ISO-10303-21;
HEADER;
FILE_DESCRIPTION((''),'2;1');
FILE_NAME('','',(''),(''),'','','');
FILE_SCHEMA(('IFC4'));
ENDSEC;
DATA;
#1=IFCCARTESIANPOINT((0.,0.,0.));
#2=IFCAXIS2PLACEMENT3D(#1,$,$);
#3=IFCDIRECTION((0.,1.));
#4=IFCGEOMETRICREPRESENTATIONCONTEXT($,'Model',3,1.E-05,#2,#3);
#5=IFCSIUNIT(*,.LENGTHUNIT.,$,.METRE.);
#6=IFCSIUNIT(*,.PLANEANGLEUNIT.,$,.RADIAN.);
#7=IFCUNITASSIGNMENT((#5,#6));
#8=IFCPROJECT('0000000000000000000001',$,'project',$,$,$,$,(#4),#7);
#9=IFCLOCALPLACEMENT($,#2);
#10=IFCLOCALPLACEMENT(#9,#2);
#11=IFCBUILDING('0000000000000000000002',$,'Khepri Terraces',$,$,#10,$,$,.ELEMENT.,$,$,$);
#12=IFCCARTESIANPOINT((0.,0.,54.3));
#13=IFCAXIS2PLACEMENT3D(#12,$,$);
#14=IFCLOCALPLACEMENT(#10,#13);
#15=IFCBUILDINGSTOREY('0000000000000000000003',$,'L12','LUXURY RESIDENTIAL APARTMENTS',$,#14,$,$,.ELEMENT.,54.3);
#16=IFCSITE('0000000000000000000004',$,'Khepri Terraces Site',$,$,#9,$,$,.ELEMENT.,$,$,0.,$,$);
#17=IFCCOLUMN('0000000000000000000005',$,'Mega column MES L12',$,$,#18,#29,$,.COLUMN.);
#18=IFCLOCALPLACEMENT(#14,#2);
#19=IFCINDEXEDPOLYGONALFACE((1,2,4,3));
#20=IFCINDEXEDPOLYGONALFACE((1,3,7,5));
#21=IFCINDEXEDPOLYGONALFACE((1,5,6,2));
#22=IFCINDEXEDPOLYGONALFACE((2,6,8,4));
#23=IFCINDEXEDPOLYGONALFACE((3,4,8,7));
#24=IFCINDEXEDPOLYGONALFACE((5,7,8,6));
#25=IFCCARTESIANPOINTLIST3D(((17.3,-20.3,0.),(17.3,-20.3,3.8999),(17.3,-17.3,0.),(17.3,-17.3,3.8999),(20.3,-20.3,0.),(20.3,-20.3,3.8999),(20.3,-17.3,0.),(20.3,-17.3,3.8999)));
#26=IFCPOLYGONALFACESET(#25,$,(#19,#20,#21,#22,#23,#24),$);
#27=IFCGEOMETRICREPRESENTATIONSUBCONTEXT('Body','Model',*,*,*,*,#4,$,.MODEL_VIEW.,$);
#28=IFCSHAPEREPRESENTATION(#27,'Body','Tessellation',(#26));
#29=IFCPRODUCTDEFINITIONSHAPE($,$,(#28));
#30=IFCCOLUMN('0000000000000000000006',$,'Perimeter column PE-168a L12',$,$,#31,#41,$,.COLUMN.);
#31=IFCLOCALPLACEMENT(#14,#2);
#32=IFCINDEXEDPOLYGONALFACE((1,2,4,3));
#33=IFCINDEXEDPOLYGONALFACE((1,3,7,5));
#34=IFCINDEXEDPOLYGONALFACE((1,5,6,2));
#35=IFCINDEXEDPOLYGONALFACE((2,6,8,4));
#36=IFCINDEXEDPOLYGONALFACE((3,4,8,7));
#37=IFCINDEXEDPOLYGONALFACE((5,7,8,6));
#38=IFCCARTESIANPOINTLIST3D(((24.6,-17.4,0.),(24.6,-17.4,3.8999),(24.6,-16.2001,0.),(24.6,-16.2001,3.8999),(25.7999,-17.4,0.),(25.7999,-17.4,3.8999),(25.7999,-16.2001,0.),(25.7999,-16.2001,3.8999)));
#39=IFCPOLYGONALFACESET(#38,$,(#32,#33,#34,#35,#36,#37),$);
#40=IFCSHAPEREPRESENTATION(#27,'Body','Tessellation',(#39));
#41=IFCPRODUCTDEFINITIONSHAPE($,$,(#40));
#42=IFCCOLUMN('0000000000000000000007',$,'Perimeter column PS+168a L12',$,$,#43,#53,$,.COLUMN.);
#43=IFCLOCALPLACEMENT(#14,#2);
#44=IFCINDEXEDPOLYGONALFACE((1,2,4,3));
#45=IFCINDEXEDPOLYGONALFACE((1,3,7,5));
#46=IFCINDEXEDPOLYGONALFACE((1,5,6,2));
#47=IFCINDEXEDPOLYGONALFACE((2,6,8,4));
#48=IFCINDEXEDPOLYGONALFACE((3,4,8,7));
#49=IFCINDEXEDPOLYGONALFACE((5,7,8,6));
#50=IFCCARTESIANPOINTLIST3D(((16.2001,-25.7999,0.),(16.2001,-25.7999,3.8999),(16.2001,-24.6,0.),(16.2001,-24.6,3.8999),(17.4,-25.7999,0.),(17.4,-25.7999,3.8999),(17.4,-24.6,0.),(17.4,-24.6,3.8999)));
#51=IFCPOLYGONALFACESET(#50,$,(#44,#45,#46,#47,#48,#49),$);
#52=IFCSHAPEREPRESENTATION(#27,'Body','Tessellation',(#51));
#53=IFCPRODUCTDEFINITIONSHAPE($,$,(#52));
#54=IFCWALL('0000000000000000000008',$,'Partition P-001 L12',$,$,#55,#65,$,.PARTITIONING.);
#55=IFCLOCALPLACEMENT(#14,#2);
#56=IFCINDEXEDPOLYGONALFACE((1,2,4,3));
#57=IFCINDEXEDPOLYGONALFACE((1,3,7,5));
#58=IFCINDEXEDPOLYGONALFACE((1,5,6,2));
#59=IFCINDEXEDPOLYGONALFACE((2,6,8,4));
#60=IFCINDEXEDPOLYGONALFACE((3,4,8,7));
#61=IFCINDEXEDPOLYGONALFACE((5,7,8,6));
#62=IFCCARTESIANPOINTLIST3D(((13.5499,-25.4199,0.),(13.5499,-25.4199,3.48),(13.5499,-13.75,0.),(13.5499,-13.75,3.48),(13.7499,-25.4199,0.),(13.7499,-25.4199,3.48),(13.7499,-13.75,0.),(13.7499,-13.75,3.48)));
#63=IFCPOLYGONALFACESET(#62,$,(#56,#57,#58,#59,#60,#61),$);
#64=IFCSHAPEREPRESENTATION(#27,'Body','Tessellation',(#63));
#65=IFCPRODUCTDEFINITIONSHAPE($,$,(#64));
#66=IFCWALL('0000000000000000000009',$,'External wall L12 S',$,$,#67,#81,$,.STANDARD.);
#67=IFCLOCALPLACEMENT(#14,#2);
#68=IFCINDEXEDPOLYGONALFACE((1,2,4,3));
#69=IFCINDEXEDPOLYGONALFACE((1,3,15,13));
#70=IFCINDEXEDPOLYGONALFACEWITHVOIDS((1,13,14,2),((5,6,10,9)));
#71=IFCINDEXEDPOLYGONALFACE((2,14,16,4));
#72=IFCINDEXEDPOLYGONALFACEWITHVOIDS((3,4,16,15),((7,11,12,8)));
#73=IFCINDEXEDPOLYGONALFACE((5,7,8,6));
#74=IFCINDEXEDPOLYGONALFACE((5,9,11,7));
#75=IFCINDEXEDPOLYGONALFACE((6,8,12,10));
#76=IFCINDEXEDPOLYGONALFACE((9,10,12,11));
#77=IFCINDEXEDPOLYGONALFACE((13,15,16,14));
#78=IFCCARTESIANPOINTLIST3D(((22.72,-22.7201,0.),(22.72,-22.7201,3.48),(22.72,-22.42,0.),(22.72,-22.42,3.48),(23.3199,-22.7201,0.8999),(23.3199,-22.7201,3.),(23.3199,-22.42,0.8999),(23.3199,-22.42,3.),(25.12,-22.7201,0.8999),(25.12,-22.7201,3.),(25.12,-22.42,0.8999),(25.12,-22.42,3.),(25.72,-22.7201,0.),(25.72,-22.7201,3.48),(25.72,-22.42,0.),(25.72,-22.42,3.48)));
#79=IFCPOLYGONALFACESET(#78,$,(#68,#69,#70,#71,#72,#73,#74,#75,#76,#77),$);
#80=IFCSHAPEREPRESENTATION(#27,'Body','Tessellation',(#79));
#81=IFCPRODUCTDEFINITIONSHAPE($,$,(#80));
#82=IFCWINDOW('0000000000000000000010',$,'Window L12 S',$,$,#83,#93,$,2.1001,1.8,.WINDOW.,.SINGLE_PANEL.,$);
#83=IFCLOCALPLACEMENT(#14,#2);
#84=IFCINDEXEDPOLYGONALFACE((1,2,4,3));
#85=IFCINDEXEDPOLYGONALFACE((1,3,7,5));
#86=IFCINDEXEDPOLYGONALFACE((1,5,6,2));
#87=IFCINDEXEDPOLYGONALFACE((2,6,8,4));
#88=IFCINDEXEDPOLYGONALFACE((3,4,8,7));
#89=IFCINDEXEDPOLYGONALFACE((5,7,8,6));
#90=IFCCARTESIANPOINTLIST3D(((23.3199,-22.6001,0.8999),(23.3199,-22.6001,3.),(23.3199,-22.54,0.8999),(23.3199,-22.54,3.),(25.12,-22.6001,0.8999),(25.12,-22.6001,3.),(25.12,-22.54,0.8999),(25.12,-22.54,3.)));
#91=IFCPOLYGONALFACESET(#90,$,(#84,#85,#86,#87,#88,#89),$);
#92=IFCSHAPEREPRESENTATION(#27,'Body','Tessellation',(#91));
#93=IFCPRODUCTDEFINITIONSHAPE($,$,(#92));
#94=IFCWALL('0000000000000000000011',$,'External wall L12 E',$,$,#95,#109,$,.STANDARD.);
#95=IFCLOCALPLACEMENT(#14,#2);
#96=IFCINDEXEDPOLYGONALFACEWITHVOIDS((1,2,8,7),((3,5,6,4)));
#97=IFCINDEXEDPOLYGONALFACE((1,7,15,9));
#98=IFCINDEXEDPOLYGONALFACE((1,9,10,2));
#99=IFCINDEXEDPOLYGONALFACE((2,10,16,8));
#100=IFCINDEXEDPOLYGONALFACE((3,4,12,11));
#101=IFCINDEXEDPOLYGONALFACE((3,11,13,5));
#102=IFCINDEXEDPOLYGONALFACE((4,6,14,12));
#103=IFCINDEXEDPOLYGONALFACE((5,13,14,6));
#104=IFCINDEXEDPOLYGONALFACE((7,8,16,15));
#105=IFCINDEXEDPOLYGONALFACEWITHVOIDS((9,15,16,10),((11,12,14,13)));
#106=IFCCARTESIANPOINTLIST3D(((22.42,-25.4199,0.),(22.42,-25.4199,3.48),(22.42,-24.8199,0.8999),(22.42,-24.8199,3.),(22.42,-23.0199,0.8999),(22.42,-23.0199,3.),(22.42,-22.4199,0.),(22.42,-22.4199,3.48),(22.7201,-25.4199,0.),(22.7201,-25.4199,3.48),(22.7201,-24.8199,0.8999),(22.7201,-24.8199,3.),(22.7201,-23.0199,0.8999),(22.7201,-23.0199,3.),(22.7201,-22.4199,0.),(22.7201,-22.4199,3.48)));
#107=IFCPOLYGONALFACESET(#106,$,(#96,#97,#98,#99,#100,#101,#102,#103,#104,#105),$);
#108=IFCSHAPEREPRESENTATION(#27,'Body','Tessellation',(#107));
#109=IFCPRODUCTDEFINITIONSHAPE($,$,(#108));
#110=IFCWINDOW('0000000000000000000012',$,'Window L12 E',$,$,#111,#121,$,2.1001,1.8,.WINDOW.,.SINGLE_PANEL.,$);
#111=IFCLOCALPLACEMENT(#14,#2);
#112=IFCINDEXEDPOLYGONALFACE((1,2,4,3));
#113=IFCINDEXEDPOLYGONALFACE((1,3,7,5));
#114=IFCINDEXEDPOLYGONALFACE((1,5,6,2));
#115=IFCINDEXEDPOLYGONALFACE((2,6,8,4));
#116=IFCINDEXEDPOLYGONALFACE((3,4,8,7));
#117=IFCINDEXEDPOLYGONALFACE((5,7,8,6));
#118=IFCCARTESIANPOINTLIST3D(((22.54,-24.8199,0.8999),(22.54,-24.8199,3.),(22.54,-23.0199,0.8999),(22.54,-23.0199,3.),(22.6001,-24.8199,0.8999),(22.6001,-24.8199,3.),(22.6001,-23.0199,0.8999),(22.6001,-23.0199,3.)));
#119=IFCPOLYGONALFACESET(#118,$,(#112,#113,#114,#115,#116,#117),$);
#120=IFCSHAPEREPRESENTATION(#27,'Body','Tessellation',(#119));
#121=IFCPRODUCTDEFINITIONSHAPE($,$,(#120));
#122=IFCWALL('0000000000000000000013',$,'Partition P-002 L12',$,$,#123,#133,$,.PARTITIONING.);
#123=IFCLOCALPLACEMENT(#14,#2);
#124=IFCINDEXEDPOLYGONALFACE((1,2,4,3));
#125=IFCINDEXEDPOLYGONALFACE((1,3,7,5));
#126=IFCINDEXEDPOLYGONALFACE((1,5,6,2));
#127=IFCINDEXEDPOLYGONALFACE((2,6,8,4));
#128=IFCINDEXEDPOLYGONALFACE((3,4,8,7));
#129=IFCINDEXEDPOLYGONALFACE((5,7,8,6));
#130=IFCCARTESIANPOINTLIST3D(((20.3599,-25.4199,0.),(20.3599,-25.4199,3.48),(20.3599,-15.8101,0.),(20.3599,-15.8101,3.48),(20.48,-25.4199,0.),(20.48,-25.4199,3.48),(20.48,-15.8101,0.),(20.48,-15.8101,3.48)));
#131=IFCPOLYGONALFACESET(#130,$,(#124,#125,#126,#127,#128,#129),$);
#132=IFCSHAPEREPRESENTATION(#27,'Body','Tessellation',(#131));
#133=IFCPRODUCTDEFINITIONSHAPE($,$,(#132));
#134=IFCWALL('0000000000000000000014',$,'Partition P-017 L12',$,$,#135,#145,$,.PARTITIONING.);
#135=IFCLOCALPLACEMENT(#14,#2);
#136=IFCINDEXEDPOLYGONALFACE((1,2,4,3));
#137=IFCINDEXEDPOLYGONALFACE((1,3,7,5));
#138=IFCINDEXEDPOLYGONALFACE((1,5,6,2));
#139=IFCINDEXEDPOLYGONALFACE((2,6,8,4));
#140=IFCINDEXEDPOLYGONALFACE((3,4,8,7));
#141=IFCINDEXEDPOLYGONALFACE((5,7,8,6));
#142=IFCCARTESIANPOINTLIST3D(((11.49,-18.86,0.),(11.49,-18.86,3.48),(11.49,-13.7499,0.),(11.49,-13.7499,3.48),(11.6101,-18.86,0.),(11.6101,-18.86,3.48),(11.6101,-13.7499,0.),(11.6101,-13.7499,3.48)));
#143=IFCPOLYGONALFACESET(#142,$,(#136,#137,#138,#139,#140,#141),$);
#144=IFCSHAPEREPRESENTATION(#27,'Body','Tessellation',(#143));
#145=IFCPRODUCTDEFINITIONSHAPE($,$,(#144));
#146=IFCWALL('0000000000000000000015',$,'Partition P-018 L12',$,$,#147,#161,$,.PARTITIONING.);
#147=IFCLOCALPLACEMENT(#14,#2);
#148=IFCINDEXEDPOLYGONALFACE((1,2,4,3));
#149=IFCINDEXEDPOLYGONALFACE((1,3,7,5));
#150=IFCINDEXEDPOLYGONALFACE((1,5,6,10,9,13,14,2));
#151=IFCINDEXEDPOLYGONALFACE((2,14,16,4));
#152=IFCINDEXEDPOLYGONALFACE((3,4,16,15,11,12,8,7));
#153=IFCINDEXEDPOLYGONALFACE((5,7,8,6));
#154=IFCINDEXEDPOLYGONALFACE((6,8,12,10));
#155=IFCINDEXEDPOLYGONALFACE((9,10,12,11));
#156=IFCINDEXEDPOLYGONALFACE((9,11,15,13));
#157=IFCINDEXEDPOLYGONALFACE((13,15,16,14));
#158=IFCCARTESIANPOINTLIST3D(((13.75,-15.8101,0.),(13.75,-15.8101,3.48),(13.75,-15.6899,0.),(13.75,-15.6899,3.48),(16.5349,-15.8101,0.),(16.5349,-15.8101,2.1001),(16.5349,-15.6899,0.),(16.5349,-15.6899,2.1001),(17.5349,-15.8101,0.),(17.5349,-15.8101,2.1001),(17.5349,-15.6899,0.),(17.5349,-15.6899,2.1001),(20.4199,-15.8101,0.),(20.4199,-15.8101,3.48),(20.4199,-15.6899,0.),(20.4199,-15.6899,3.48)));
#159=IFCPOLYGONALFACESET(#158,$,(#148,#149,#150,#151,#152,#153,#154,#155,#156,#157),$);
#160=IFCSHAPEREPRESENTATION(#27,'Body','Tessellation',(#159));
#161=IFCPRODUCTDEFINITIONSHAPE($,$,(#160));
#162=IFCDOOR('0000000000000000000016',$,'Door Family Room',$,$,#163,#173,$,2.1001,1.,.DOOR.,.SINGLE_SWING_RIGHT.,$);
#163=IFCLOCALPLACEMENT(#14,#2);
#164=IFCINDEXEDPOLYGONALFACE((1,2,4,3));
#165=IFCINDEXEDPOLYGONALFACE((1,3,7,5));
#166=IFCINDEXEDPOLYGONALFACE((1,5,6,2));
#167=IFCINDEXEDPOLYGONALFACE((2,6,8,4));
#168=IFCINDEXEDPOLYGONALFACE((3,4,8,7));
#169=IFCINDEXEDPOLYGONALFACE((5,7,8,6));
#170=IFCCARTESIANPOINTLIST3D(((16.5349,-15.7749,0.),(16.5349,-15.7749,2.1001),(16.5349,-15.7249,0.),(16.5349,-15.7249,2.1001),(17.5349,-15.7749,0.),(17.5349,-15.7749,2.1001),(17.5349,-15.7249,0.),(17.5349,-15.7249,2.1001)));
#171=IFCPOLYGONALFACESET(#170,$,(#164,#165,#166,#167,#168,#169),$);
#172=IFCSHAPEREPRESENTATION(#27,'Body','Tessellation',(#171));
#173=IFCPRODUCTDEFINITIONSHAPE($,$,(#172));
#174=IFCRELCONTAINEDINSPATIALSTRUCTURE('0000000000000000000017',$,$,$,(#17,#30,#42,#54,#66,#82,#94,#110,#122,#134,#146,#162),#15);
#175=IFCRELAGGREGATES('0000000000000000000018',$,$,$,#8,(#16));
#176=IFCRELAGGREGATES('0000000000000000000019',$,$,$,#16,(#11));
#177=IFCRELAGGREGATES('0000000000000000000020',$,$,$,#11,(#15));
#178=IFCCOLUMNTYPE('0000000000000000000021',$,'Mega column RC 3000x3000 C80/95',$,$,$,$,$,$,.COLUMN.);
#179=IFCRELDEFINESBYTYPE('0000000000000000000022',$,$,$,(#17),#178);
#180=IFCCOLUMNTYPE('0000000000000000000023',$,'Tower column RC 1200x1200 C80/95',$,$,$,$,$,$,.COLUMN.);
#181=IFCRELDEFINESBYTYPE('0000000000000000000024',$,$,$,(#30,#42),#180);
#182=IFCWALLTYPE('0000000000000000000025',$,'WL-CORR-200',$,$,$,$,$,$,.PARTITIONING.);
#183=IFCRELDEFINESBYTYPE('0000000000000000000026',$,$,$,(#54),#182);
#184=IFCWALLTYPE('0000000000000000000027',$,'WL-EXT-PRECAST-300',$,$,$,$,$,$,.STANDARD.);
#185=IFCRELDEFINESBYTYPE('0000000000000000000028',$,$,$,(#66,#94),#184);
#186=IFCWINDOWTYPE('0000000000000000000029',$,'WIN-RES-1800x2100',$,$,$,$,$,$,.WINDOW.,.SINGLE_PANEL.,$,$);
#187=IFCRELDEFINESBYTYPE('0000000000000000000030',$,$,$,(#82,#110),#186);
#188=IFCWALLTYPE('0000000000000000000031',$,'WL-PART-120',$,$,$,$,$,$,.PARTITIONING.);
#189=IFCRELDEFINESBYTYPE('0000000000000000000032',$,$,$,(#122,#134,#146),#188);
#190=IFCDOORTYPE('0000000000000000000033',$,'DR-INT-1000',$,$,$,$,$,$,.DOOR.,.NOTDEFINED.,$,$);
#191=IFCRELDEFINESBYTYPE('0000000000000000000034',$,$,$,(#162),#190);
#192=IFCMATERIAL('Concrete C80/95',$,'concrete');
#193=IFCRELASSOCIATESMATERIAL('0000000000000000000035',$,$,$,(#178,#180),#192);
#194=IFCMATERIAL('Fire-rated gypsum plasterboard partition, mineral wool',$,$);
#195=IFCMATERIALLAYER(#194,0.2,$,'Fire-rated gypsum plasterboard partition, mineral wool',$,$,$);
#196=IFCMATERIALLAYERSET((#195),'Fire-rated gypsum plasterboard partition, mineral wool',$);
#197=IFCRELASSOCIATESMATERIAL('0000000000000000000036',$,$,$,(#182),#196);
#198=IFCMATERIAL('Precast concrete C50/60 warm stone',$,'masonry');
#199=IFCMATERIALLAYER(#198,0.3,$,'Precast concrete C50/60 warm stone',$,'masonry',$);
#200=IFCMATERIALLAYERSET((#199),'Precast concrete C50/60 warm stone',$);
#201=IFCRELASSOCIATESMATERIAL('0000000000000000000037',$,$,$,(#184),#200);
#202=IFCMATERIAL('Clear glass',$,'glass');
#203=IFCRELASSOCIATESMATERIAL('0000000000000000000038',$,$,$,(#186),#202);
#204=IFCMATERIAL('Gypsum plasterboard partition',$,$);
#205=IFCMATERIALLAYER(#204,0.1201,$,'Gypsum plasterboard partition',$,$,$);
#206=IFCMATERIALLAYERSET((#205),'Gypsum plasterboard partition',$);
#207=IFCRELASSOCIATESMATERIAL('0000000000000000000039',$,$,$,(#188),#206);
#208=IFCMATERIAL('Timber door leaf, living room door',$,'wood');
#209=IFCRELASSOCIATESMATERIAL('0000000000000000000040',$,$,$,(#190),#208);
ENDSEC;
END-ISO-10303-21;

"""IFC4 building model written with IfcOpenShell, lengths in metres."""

from ifc_helpers import new_model, si_unit, direction, frame, frame_2d, origin, origin_2d, place, context, subcontext, project, spatial, rectangle, extrude, material, layer, layer_set, material_profile, profile_set, type_object, element, fill, save


model = new_model("IFC4")

# Units and contexts
model_context = context("Model", 3, precision=1e-05, world=origin(), true_north=direction((0.0, 1.0)))
body_context = subcontext(model_context, "Body", "Model", "MODEL_VIEW")
ifc_project = project(units=[si_unit("LENGTHUNIT", "METRE"), si_unit("PLANEANGLEUNIT", "RADIAN")], contexts=[model_context])

# Site, building, storey
site_placement = place(None, origin())
site = spatial("IfcSite", under=ifc_project, at=site_placement, Name="Khepri Terraces Site", CompositionType="ELEMENT", RefElevation=0.0)
building_placement = place(site_placement, origin())
building = spatial("IfcBuilding", under=site, at=building_placement, Name="Khepri Terraces", CompositionType="ELEMENT")
storey_placement = place(building_placement, frame((0.0, 0.0, 54.3)))
storey = spatial("IfcBuildingStorey", under=building, at=storey_placement, Name="L12", Description="LUXURY RESIDENTIAL APARTMENTS", CompositionType="ELEMENT", Elevation=54.3)

# Columns
ifc_material_1 = material(Name="Concrete C80/95", Category="concrete")
ifc_material_profile_1 = material_profile(ifc_material_1, rectangle(XDim=3.0, YDim=3.0, at=origin_2d()), Name="Concrete C80/95", Category="concrete")
ifc_profile_set_1 = profile_set([ifc_material_profile_1], Name="Concrete C80/95")
column_type_1 = type_object("IfcColumnType", Name="Mega column RC 3000x3000 C80/95", PredefinedType="COLUMN", material=ifc_profile_set_1)
column_placement = place(storey_placement, frame((18.8, -18.8, 0.0), z_axis=(0.0, 0.0, 1.0), x_axis=(1.0, 0.0, 0.0)))
element("IfcColumn", 1, at=column_placement, inside=storey, type_object=column_type_1, Name="Mega column MES L12", PredefinedType="COLUMN", context=body_context, shape_type="SweptSolid", body=[
    extrude(rectangle(XDim=3.0, YDim=3.0, at=origin_2d()), origin(), (0.0, 0.0, 1.0), 3.8999),
])
ifc_material_profile_2 = material_profile(ifc_material_1, rectangle(XDim=1.2, YDim=1.2, at=origin_2d()), Name="Concrete C80/95", Category="concrete")
ifc_profile_set_2 = profile_set([ifc_material_profile_2], Name="Concrete C80/95")
column_type_2 = type_object("IfcColumnType", Name="Tower column RC 1200x1200 C80/95", PredefinedType="COLUMN", material=ifc_profile_set_2)
for number, where, z_axis, x_axis, name in (
    (2, (25.2, -16.8, 0.0), (0.0, 0.0, 1.0), (1.0, 0.0, 0.0), "Perimeter column PE-168a L12"),
    (3, (16.8, -25.2, 0.0), (0.0, 0.0, 1.0), (1.0, 0.0, 0.0), "Perimeter column PS+168a L12"),
):
    element("IfcColumn", number, at=place(storey_placement, frame(where, z_axis=z_axis, x_axis=x_axis)), inside=storey, type_object=column_type_2, Name=name, PredefinedType="COLUMN", context=body_context, shape_type="SweptSolid", body=[
        extrude(rectangle(XDim=1.2, YDim=1.2, at=origin_2d()), origin(), (0.0, 0.0, 1.0), 3.8999),
    ])

# Wall
ifc_material_2 = material(Name="Fire-rated gypsum plasterboard partition, mineral wool")
ifc_layer_1 = layer(ifc_material_2, 0.2, Name="Fire-rated gypsum plasterboard partition, mineral wool")
ifc_layer_set_1 = layer_set([ifc_layer_1], Name="Fire-rated gypsum plasterboard partition, mineral wool")
wall_type_1 = type_object("IfcWallType", Name="WL-CORR-200", PredefinedType="PARTITIONING", material=ifc_layer_set_1)
wall_1_placement = place(storey_placement, frame((13.6499, -25.4199, 0.0), z_axis=(0.0, 0.0, 1.0), x_axis=(0.0, 1.0, 0.0)))
element("IfcWall", 4, at=wall_1_placement, inside=storey, type_object=wall_type_1, Name="Partition P-001 L12", PredefinedType="PARTITIONING", context=body_context, shape_type="SweptSolid", body=[
    extrude(rectangle(XDim=11.6699, YDim=0.2, at=frame_2d((5.835, 0.0))), origin(), (0.0, 0.0, 1.0), 3.48),
])

# Wall, opening, window
ifc_material_3 = material(Name="Precast concrete C50/60 warm stone", Category="masonry")
ifc_layer_2 = layer(ifc_material_3, 0.3, Name="Precast concrete C50/60 warm stone", Category="masonry")
ifc_layer_set_2 = layer_set([ifc_layer_2], Name="Precast concrete C50/60 warm stone")
wall_type_2 = type_object("IfcWallType", Name="WL-EXT-PRECAST-300", PredefinedType="STANDARD", material=ifc_layer_set_2)
wall_2_placement = place(storey_placement, frame((22.72, -22.5701, 0.0), z_axis=(0.0, 0.0, 1.0), x_axis=(1.0, 0.0, 0.0)))
wall_2 = element("IfcWall", 5, at=wall_2_placement, inside=storey, type_object=wall_type_2, Name="External wall L12 S", PredefinedType="STANDARD", context=body_context, shape_type="SweptSolid", body=[
    extrude(rectangle(XDim=3.0, YDim=0.3, at=frame_2d((1.5, 0.0))), origin(), (0.0, 0.0, 1.0), 3.48),
])
opening_1_placement = place(wall_2_placement, frame((0.6001, 0.0, 0.8999)))
opening_1 = element("IfcOpeningElement", 6, at=opening_1_placement, cuts=wall_2, PredefinedType="OPENING", context=body_context, shape_type="SweptSolid", body=[
    extrude(rectangle(XDim=1.8, YDim=2.1001, at=frame_2d((0.8999, 1.05))), frame((0.0, 0.1602, 0.0), z_axis=(0.0, -1.0, 0.0), x_axis=(1.0, 0.0, 0.0)), (0.0, 0.0, 1.0), 0.3201),
])
ifc_material_4 = material(Name="Clear glass", Category="glass")
window_type = type_object("IfcWindowType", Name="WIN-RES-1800x2100", PartitioningType="SINGLE_PANEL", PredefinedType="WINDOW", material=ifc_material_4)
window_1_placement = place(opening_1_placement, origin())
window_1 = element("IfcWindow", 7, at=window_1_placement, inside=storey, type_object=window_type, Name="Window L12 S", OverallHeight=2.1001, OverallWidth=1.8, PartitioningType="SINGLE_PANEL", PredefinedType="WINDOW", context=body_context, shape_type="SweptSolid", body=[
    extrude(rectangle(XDim=1.8, YDim=2.1001, at=frame_2d((0.8999, 1.05))), frame((0.0, 0.03, 0.0), z_axis=(0.0, -1.0, 0.0), x_axis=(1.0, 0.0, 0.0)), (0.0, 0.0, 1.0), 0.0601),
])
fill(opening_1, window_1)

# Wall, opening, window
wall_3_placement = place(storey_placement, frame((22.5701, -25.4199, 0.0), z_axis=(0.0, 0.0, 1.0), x_axis=(0.0, 1.0, 0.0)))
wall_3 = element("IfcWall", 8, at=wall_3_placement, inside=storey, type_object=wall_type_2, Name="External wall L12 E", PredefinedType="STANDARD", context=body_context, shape_type="SweptSolid", body=[
    extrude(rectangle(XDim=3.0, YDim=0.3, at=frame_2d((1.5, 0.0))), origin(), (0.0, 0.0, 1.0), 3.48),
])
opening_2_placement = place(wall_3_placement, frame((0.6001, 0.0, 0.8999)))
opening_2 = element("IfcOpeningElement", 9, at=opening_2_placement, cuts=wall_3, PredefinedType="OPENING", context=body_context, shape_type="SweptSolid", body=[
    extrude(rectangle(XDim=1.8, YDim=2.1001, at=frame_2d((0.8999, 1.05))), frame((0.0, 0.1602, 0.0), z_axis=(0.0, -1.0, 0.0), x_axis=(1.0, 0.0, 0.0)), (0.0, 0.0, 1.0), 0.3201),
])
window_2_placement = place(opening_2_placement, origin())
window_2 = element("IfcWindow", 10, at=window_2_placement, inside=storey, type_object=window_type, Name="Window L12 E", OverallHeight=2.1001, OverallWidth=1.8, PartitioningType="SINGLE_PANEL", PredefinedType="WINDOW", context=body_context, shape_type="SweptSolid", body=[
    extrude(rectangle(XDim=1.8, YDim=2.1001, at=frame_2d((0.8999, 1.05))), frame((0.0, 0.03, 0.0), z_axis=(0.0, -1.0, 0.0), x_axis=(1.0, 0.0, 0.0)), (0.0, 0.0, 1.0), 0.0601),
])
fill(opening_2, window_2)

# Walls
ifc_material_5 = material(Name="Gypsum plasterboard partition")
ifc_layer_3 = layer(ifc_material_5, 0.1201, Name="Gypsum plasterboard partition")
ifc_layer_set_3 = layer_set([ifc_layer_3], Name="Gypsum plasterboard partition")
wall_type_3 = type_object("IfcWallType", Name="WL-PART-120", PredefinedType="PARTITIONING", material=ifc_layer_set_3)
wall_4_placement = place(storey_placement, frame((20.4199, -25.4199, 0.0), z_axis=(0.0, 0.0, 1.0), x_axis=(0.0, 1.0, 0.0)))
element("IfcWall", 11, at=wall_4_placement, inside=storey, type_object=wall_type_3, Name="Partition P-002 L12", PredefinedType="PARTITIONING", context=body_context, shape_type="SweptSolid", body=[
    extrude(rectangle(XDim=9.6099, YDim=0.1201, at=frame_2d((4.8049, 0.0))), origin(), (0.0, 0.0, 1.0), 3.48),
])
wall_5_placement = place(storey_placement, frame((11.55, -18.8601, 0.0), z_axis=(0.0, 0.0, 1.0), x_axis=(0.0, 1.0, 0.0)))
element("IfcWall", 12, at=wall_5_placement, inside=storey, type_object=wall_type_3, Name="Partition P-017 L12", PredefinedType="PARTITIONING", context=body_context, shape_type="SweptSolid", body=[
    extrude(rectangle(XDim=5.1101, YDim=0.1201, at=frame_2d((2.5552, 0.0))), origin(), (0.0, 0.0, 1.0), 3.48),
])

# Wall, opening, door
wall_6_placement = place(storey_placement, frame((13.75, -15.75, 0.0), z_axis=(0.0, 0.0, 1.0), x_axis=(1.0, 0.0, 0.0)))
wall_6 = element("IfcWall", 13, at=wall_6_placement, inside=storey, type_object=wall_type_3, Name="Partition P-018 L12", PredefinedType="PARTITIONING", context=body_context, shape_type="SweptSolid", body=[
    extrude(rectangle(XDim=6.6699, YDim=0.1201, at=frame_2d((3.335, 0.0))), origin(), (0.0, 0.0, 1.0), 3.48),
])
opening_3_placement = place(wall_6_placement, frame((2.7849, 0.0, 0.0)))
opening_3 = element("IfcOpeningElement", 14, at=opening_3_placement, cuts=wall_6, PredefinedType="OPENING", context=body_context, shape_type="SweptSolid", body=[
    extrude(rectangle(XDim=1.0, YDim=2.1001, at=frame_2d((0.5, 1.05))), frame((0.0, 0.0701, 0.0), z_axis=(0.0, -1.0, 0.0), x_axis=(1.0, 0.0, 0.0)), (0.0, 0.0, 1.0), 0.1401),
])
ifc_material_6 = material(Name="Timber door leaf, living room door", Category="wood")
door_type_1 = type_object("IfcDoorType", Name="DR-INT-1000", OperationType="NOTDEFINED", PredefinedType="DOOR", material=ifc_material_6)
door_1_placement = place(opening_3_placement, frame((1.0, 0.0, 0.0), z_axis=(0.0, 0.0, 1.0), x_axis=(-1.0, 0.0, 0.0)))
door_1 = element("IfcDoor", 15, at=door_1_placement, inside=storey, type_object=door_type_1, Name="Door Family Room", OperationType="SINGLE_SWING_RIGHT", OverallHeight=2.1001, OverallWidth=1.0, PredefinedType="DOOR", context=body_context, shape_type="SweptSolid", body=[
    extrude(rectangle(XDim=1.0, YDim=2.1001, at=frame_2d((0.5, 1.05))), frame((0.0, 0.0249, 0.0), z_axis=(0.0, -1.0, 0.0), x_axis=(1.0, 0.0, 0.0)), (0.0, 0.0, 1.0), 0.05),
])
fill(opening_3, door_1)

save(model, "model.ifc")
